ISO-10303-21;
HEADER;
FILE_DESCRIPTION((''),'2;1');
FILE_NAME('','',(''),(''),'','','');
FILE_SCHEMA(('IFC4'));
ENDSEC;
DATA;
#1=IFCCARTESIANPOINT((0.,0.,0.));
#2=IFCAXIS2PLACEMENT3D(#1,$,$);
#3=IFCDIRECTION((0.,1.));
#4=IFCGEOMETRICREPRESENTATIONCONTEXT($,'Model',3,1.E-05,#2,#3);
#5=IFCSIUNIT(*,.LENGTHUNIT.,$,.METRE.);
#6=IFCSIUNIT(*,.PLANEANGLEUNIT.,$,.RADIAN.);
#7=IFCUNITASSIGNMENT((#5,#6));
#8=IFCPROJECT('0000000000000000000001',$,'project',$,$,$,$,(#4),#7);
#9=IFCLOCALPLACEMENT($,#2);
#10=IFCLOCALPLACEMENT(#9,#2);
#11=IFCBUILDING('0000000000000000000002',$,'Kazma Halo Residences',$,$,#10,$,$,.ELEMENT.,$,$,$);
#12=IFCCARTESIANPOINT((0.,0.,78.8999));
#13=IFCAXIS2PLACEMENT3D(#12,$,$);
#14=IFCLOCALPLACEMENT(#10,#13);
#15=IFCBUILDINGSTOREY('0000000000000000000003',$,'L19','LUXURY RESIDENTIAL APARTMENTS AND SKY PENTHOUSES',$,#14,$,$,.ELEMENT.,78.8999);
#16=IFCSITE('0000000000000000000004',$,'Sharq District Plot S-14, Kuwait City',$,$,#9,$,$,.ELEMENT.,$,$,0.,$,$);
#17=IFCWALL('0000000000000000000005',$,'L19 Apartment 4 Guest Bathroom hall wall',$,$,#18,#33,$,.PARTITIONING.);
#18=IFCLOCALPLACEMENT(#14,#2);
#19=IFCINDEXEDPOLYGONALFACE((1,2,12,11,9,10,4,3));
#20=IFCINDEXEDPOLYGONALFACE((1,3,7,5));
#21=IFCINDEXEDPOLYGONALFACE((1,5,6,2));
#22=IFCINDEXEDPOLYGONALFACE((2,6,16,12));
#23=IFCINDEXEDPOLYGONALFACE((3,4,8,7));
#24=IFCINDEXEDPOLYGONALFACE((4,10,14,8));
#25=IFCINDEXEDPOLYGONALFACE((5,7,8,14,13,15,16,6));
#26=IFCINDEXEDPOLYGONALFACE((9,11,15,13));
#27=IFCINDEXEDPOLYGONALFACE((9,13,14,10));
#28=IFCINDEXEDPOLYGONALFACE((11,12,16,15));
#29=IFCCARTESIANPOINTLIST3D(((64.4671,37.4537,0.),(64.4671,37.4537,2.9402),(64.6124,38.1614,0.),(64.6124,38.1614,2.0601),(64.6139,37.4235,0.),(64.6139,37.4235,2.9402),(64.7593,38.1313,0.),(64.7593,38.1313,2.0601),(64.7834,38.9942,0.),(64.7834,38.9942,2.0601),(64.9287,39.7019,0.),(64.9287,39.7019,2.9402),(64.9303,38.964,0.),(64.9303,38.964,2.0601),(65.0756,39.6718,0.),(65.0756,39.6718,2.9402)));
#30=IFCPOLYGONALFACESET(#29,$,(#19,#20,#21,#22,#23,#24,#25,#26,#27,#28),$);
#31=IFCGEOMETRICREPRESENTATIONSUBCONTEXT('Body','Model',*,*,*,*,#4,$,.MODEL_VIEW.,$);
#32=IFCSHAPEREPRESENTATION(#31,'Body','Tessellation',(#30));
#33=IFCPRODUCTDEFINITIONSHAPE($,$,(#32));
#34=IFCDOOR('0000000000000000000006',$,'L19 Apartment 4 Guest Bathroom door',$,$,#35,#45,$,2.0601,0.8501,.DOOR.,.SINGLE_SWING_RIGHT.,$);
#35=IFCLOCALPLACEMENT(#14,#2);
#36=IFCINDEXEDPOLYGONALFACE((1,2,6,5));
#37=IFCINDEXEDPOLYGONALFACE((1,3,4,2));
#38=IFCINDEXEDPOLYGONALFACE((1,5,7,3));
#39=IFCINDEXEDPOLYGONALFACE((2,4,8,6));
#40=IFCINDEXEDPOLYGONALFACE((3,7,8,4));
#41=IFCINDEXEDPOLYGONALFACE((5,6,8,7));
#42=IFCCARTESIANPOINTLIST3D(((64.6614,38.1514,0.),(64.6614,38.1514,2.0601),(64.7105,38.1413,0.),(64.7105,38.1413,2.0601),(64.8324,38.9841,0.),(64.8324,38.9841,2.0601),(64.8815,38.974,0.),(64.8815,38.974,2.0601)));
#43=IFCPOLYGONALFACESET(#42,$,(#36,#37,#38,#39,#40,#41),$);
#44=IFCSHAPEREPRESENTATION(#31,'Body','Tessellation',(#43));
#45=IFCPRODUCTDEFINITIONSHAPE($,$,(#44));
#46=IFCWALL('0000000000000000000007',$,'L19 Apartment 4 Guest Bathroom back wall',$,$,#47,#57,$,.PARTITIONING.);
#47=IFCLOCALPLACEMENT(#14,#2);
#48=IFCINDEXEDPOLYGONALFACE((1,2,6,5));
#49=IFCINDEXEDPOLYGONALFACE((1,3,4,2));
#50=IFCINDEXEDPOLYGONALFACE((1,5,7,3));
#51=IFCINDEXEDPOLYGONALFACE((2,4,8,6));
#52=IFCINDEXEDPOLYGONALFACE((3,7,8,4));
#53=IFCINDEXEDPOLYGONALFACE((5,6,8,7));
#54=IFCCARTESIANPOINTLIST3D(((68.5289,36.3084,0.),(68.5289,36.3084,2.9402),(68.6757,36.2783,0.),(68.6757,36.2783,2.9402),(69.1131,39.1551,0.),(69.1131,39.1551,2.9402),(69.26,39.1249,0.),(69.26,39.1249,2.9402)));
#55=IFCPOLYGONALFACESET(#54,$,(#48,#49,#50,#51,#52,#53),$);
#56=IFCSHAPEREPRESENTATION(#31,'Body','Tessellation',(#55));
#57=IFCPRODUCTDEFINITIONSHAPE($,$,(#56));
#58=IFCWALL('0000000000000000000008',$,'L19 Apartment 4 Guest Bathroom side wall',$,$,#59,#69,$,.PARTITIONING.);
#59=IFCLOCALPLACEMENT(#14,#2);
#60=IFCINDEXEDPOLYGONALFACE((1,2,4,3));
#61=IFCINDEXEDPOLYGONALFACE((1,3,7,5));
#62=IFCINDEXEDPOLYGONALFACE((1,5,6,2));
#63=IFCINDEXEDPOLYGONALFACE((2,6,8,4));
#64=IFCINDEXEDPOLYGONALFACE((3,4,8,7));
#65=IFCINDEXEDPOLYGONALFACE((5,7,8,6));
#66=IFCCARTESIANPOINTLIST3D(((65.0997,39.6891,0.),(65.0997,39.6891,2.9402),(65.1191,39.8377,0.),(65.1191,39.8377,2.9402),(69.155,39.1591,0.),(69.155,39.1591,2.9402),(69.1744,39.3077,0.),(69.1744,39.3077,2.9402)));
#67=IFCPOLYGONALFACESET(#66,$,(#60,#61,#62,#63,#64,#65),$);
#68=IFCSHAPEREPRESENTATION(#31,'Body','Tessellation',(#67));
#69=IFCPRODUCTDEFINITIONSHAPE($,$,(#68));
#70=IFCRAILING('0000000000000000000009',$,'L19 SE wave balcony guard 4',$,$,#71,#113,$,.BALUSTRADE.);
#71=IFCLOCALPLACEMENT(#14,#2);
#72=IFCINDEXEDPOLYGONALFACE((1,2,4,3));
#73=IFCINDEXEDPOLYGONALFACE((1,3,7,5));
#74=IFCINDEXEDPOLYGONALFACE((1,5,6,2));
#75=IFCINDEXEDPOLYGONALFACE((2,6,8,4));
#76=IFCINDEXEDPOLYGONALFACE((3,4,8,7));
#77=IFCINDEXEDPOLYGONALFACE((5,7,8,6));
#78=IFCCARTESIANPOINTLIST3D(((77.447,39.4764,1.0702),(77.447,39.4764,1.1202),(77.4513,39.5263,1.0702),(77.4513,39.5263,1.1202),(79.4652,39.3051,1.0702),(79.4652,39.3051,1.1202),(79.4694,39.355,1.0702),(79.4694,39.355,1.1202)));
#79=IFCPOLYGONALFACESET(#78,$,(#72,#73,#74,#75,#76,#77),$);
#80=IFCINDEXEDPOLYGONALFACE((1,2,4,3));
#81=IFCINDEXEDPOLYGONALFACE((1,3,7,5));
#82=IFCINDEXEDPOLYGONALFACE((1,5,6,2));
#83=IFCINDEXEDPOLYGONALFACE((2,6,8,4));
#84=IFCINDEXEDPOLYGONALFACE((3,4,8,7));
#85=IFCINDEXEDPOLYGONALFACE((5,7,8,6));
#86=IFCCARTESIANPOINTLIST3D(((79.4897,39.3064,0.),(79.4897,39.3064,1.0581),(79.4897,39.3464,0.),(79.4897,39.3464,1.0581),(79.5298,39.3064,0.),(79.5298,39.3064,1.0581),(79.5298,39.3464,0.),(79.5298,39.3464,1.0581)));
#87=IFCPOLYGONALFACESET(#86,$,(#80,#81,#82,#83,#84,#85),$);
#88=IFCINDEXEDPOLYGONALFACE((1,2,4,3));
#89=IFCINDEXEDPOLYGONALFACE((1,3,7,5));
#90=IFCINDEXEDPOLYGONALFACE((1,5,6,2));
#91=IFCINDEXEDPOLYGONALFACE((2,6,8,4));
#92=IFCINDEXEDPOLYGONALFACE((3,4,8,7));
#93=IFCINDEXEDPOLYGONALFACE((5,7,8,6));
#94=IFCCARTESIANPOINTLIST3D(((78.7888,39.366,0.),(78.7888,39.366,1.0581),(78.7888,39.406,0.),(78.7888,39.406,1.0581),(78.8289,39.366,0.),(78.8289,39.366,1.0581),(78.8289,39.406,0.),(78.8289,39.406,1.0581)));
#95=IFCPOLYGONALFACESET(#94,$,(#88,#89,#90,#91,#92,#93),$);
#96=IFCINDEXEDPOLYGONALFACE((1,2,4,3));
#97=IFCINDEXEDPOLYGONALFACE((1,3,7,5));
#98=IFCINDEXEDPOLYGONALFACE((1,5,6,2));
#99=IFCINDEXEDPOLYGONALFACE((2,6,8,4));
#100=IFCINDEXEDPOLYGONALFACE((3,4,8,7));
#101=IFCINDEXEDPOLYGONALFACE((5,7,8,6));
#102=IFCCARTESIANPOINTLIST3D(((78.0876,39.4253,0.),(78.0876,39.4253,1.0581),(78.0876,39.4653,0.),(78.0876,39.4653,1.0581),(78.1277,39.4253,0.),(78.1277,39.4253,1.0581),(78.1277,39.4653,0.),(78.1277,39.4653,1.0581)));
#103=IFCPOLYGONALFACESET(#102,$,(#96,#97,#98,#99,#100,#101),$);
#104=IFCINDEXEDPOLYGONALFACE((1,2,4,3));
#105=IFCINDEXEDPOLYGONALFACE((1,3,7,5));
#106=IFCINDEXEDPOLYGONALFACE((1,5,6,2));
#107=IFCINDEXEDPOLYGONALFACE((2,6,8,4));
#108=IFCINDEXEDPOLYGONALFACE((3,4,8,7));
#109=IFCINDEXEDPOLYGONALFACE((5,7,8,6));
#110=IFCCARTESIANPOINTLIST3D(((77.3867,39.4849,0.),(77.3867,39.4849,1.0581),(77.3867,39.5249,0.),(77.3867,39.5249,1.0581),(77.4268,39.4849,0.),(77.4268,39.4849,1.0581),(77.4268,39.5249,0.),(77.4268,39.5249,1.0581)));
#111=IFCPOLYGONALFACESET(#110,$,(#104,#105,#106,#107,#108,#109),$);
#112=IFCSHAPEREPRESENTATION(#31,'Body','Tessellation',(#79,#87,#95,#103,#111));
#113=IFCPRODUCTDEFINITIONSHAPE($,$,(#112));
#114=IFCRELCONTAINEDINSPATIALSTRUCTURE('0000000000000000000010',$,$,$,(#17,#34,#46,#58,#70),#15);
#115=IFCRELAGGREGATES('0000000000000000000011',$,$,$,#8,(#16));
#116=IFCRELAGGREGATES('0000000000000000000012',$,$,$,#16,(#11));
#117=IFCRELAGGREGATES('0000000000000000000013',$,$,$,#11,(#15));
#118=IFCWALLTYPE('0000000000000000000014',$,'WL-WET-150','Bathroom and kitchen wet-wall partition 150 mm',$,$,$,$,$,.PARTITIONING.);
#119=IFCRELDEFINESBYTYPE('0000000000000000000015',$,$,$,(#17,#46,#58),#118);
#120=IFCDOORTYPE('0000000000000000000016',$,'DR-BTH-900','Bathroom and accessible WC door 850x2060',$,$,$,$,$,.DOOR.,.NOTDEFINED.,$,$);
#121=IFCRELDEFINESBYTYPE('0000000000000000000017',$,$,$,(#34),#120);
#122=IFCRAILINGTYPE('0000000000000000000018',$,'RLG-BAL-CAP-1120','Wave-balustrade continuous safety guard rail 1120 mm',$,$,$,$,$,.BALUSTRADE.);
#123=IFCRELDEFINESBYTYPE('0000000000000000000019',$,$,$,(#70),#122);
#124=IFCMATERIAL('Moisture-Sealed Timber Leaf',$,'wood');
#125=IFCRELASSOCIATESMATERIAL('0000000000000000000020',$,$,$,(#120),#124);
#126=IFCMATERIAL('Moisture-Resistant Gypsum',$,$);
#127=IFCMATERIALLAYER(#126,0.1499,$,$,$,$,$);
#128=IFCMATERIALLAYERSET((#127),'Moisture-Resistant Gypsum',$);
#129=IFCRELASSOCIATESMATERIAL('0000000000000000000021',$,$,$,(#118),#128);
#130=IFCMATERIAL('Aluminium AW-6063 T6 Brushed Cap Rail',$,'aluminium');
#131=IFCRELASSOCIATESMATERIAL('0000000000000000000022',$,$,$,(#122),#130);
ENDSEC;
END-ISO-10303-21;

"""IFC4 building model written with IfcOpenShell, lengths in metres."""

from ifc_helpers import new_model, si_unit, direction, frame, frame_2d, origin, origin_2d, place, context, subcontext, project, spatial, rectangle, extrude, material, layer, layer_set, type_object, element, fill, save


model = new_model("IFC4")

# Units and contexts
model_context = context("Model", 3, precision=1e-05, world=origin(), true_north=direction((0.0, 1.0)))
body_context = subcontext(model_context, "Body", "Model", "MODEL_VIEW")
ifc_project = project(units=[si_unit("LENGTHUNIT", "METRE"), si_unit("PLANEANGLEUNIT", "RADIAN")], contexts=[model_context])

# Site, building, storey
site_placement = place(None, origin())
site = spatial("IfcSite", under=ifc_project, at=site_placement, Name="Sharq District Plot S-14, Kuwait City", CompositionType="ELEMENT", RefElevation=0.0)
building_placement = place(site_placement, origin())
building = spatial("IfcBuilding", under=site, at=building_placement, Name="Kazma Halo Residences", CompositionType="ELEMENT")
storey_placement = place(building_placement, frame((0.0, 0.0, 78.8999)))
storey = spatial("IfcBuildingStorey", under=building, at=storey_placement, Name="L19", Description="LUXURY RESIDENTIAL APARTMENTS AND SKY PENTHOUSES", CompositionType="ELEMENT", Elevation=78.8999)

# Shared definitions
ifc_material_1 = material(Name="Moisture-Sealed Timber Leaf", Category="wood")
door_type = type_object("IfcDoorType", Name="DR-BTH-900", Description="Bathroom and accessible WC door 850x2060", OperationType="NOTDEFINED", PredefinedType="DOOR", material=ifc_material_1)

# Wall, opening, door
ifc_material_2 = material(Name="Moisture-Resistant Gypsum")
ifc_layer_1 = layer(ifc_material_2, 0.1499)
ifc_layer_set_1 = layer_set([ifc_layer_1], Name="Moisture-Resistant Gypsum")
wall_type_1 = type_object("IfcWallType", Name="WL-WET-150", Description="Bathroom and kitchen wet-wall partition 150 mm", PredefinedType="PARTITIONING", material=ifc_layer_set_1)
wall_1_placement = place(storey_placement, frame((64.5405, 37.4387, 0.0), z_axis=(0.0, 0.0, 1.0), x_axis=(0.201146, 0.979561, 0.0)))
wall_1 = element("IfcWall", 1, at=wall_1_placement, inside=storey, type_object=wall_type_1, Name="L19 Apartment 4 Guest Bathroom hall wall", PredefinedType="PARTITIONING", context=body_context, shape_type="SweptSolid", body=[
    extrude(rectangle(XDim=2.2952, YDim=0.1499, at=frame_2d((1.1475, 0.0))), origin(), (0.0, 0.0, 1.0), 2.9402),
])
opening_1_placement = place(wall_1_placement, frame((0.7224, 0.0, 0.0)))
opening_1 = element("IfcOpeningElement", 2, at=opening_1_placement, cuts=wall_1, PredefinedType="OPENING", context=body_context, shape_type="SweptSolid", body=[
    extrude(rectangle(XDim=0.8501, YDim=2.0601, at=frame_2d((0.425, 1.03))), frame((0.0, 0.085, 0.0), z_axis=(0.0, -1.0, 0.0), x_axis=(1.0, 0.0, 0.0)), (0.0, 0.0, 1.0), 0.1699),
])
door_1_placement = place(opening_1_placement, origin())
door_1 = element("IfcDoor", 3, at=door_1_placement, inside=storey, type_object=door_type, Name="L19 Apartment 4 Guest Bathroom door", OperationType="SINGLE_SWING_RIGHT", OverallHeight=2.0601, OverallWidth=0.8501, PredefinedType="DOOR", context=body_context, shape_type="SweptSolid", body=[
    extrude(rectangle(XDim=0.8501, YDim=2.0601, at=frame_2d((0.425, 1.03))), frame((0.0, 0.0249, 0.0), z_axis=(0.0, -1.0, 0.0), x_axis=(1.0, 0.0, 0.0)), (0.0, 0.0, 1.0), 0.05),
])
fill(opening_1, door_1)

# Walls
wall_2_placement = place(storey_placement, frame((68.6023, 36.2932, 0.0), z_axis=(0.0, 0.0, 1.0), x_axis=(0.201041, 0.979583, 0.0)))
element("IfcWall", 4, at=wall_2_placement, inside=storey, type_object=wall_type_1, Name="L19 Apartment 4 Guest Bathroom back wall", PredefinedType="PARTITIONING", context=body_context, shape_type="SweptSolid", body=[
    extrude(rectangle(XDim=2.906, YDim=0.1499, at=frame_2d((1.4531, 0.0))), origin(), (0.0, 0.0, 1.0), 2.9402),
])
wall_3_placement = place(storey_placement, frame((65.1094, 39.7634, 0.0), z_axis=(0.0, 0.0, 1.0), x_axis=(0.991567, -0.129594, 0.0)))
element("IfcWall", 5, at=wall_3_placement, inside=storey, type_object=wall_type_1, Name="L19 Apartment 4 Guest Bathroom side wall", PredefinedType="PARTITIONING", context=body_context, shape_type="SweptSolid", body=[
    extrude(rectangle(XDim=4.0898, YDim=0.1499, at=frame_2d((2.0449, 0.0))), origin(), (0.0, 0.0, 1.0), 2.9402),
])

# Railing
ifc_material_3 = material(Name="Aluminium AW-6063 T6 Brushed Cap Rail", Category="aluminium")
railing_type = type_object("IfcRailingType", Name="RLG-BAL-CAP-1120", Description="Wave-balustrade continuous safety guard rail 1120 mm", PredefinedType="BALUSTRADE", material=ifc_material_3)
railing_placement = place(storey_placement, frame((79.5098, 39.3264, 0.0)))
element("IfcRailing", 6, at=railing_placement, inside=storey, type_object=railing_type, Name="L19 SE wave balcony guard 4", PredefinedType="BALUSTRADE", context=body_context, shape_type="SweptSolid", body=[
    extrude(rectangle(XDim=0.05, YDim=0.05, at=origin_2d()), frame((-0.0425, 0.0037, 1.0952), z_axis=(-0.996419, 0.084558, 0.0), x_axis=(-0.084558, -0.996419, 0.0)), (0.0, 0.0, 1.0), 2.0254),
    extrude(rectangle(XDim=0.04, YDim=0.04, at=origin_2d()), origin(), (0.0, 0.0, 1.0), 1.0581),
    extrude(rectangle(XDim=0.04, YDim=0.04, at=origin_2d()), frame((-0.7009, 0.0596, 0.0)), (0.0, 0.0, 1.0), 1.0581),
    extrude(rectangle(XDim=0.04, YDim=0.04, at=origin_2d()), frame((-1.4021, 0.1189, 0.0)), (0.0, 0.0, 1.0), 1.0581),
    extrude(rectangle(XDim=0.04, YDim=0.04, at=origin_2d()), frame((-2.103, 0.1785, 0.0)), (0.0, 0.0, 1.0), 1.0581),
])

save(model, "model.ifc")
